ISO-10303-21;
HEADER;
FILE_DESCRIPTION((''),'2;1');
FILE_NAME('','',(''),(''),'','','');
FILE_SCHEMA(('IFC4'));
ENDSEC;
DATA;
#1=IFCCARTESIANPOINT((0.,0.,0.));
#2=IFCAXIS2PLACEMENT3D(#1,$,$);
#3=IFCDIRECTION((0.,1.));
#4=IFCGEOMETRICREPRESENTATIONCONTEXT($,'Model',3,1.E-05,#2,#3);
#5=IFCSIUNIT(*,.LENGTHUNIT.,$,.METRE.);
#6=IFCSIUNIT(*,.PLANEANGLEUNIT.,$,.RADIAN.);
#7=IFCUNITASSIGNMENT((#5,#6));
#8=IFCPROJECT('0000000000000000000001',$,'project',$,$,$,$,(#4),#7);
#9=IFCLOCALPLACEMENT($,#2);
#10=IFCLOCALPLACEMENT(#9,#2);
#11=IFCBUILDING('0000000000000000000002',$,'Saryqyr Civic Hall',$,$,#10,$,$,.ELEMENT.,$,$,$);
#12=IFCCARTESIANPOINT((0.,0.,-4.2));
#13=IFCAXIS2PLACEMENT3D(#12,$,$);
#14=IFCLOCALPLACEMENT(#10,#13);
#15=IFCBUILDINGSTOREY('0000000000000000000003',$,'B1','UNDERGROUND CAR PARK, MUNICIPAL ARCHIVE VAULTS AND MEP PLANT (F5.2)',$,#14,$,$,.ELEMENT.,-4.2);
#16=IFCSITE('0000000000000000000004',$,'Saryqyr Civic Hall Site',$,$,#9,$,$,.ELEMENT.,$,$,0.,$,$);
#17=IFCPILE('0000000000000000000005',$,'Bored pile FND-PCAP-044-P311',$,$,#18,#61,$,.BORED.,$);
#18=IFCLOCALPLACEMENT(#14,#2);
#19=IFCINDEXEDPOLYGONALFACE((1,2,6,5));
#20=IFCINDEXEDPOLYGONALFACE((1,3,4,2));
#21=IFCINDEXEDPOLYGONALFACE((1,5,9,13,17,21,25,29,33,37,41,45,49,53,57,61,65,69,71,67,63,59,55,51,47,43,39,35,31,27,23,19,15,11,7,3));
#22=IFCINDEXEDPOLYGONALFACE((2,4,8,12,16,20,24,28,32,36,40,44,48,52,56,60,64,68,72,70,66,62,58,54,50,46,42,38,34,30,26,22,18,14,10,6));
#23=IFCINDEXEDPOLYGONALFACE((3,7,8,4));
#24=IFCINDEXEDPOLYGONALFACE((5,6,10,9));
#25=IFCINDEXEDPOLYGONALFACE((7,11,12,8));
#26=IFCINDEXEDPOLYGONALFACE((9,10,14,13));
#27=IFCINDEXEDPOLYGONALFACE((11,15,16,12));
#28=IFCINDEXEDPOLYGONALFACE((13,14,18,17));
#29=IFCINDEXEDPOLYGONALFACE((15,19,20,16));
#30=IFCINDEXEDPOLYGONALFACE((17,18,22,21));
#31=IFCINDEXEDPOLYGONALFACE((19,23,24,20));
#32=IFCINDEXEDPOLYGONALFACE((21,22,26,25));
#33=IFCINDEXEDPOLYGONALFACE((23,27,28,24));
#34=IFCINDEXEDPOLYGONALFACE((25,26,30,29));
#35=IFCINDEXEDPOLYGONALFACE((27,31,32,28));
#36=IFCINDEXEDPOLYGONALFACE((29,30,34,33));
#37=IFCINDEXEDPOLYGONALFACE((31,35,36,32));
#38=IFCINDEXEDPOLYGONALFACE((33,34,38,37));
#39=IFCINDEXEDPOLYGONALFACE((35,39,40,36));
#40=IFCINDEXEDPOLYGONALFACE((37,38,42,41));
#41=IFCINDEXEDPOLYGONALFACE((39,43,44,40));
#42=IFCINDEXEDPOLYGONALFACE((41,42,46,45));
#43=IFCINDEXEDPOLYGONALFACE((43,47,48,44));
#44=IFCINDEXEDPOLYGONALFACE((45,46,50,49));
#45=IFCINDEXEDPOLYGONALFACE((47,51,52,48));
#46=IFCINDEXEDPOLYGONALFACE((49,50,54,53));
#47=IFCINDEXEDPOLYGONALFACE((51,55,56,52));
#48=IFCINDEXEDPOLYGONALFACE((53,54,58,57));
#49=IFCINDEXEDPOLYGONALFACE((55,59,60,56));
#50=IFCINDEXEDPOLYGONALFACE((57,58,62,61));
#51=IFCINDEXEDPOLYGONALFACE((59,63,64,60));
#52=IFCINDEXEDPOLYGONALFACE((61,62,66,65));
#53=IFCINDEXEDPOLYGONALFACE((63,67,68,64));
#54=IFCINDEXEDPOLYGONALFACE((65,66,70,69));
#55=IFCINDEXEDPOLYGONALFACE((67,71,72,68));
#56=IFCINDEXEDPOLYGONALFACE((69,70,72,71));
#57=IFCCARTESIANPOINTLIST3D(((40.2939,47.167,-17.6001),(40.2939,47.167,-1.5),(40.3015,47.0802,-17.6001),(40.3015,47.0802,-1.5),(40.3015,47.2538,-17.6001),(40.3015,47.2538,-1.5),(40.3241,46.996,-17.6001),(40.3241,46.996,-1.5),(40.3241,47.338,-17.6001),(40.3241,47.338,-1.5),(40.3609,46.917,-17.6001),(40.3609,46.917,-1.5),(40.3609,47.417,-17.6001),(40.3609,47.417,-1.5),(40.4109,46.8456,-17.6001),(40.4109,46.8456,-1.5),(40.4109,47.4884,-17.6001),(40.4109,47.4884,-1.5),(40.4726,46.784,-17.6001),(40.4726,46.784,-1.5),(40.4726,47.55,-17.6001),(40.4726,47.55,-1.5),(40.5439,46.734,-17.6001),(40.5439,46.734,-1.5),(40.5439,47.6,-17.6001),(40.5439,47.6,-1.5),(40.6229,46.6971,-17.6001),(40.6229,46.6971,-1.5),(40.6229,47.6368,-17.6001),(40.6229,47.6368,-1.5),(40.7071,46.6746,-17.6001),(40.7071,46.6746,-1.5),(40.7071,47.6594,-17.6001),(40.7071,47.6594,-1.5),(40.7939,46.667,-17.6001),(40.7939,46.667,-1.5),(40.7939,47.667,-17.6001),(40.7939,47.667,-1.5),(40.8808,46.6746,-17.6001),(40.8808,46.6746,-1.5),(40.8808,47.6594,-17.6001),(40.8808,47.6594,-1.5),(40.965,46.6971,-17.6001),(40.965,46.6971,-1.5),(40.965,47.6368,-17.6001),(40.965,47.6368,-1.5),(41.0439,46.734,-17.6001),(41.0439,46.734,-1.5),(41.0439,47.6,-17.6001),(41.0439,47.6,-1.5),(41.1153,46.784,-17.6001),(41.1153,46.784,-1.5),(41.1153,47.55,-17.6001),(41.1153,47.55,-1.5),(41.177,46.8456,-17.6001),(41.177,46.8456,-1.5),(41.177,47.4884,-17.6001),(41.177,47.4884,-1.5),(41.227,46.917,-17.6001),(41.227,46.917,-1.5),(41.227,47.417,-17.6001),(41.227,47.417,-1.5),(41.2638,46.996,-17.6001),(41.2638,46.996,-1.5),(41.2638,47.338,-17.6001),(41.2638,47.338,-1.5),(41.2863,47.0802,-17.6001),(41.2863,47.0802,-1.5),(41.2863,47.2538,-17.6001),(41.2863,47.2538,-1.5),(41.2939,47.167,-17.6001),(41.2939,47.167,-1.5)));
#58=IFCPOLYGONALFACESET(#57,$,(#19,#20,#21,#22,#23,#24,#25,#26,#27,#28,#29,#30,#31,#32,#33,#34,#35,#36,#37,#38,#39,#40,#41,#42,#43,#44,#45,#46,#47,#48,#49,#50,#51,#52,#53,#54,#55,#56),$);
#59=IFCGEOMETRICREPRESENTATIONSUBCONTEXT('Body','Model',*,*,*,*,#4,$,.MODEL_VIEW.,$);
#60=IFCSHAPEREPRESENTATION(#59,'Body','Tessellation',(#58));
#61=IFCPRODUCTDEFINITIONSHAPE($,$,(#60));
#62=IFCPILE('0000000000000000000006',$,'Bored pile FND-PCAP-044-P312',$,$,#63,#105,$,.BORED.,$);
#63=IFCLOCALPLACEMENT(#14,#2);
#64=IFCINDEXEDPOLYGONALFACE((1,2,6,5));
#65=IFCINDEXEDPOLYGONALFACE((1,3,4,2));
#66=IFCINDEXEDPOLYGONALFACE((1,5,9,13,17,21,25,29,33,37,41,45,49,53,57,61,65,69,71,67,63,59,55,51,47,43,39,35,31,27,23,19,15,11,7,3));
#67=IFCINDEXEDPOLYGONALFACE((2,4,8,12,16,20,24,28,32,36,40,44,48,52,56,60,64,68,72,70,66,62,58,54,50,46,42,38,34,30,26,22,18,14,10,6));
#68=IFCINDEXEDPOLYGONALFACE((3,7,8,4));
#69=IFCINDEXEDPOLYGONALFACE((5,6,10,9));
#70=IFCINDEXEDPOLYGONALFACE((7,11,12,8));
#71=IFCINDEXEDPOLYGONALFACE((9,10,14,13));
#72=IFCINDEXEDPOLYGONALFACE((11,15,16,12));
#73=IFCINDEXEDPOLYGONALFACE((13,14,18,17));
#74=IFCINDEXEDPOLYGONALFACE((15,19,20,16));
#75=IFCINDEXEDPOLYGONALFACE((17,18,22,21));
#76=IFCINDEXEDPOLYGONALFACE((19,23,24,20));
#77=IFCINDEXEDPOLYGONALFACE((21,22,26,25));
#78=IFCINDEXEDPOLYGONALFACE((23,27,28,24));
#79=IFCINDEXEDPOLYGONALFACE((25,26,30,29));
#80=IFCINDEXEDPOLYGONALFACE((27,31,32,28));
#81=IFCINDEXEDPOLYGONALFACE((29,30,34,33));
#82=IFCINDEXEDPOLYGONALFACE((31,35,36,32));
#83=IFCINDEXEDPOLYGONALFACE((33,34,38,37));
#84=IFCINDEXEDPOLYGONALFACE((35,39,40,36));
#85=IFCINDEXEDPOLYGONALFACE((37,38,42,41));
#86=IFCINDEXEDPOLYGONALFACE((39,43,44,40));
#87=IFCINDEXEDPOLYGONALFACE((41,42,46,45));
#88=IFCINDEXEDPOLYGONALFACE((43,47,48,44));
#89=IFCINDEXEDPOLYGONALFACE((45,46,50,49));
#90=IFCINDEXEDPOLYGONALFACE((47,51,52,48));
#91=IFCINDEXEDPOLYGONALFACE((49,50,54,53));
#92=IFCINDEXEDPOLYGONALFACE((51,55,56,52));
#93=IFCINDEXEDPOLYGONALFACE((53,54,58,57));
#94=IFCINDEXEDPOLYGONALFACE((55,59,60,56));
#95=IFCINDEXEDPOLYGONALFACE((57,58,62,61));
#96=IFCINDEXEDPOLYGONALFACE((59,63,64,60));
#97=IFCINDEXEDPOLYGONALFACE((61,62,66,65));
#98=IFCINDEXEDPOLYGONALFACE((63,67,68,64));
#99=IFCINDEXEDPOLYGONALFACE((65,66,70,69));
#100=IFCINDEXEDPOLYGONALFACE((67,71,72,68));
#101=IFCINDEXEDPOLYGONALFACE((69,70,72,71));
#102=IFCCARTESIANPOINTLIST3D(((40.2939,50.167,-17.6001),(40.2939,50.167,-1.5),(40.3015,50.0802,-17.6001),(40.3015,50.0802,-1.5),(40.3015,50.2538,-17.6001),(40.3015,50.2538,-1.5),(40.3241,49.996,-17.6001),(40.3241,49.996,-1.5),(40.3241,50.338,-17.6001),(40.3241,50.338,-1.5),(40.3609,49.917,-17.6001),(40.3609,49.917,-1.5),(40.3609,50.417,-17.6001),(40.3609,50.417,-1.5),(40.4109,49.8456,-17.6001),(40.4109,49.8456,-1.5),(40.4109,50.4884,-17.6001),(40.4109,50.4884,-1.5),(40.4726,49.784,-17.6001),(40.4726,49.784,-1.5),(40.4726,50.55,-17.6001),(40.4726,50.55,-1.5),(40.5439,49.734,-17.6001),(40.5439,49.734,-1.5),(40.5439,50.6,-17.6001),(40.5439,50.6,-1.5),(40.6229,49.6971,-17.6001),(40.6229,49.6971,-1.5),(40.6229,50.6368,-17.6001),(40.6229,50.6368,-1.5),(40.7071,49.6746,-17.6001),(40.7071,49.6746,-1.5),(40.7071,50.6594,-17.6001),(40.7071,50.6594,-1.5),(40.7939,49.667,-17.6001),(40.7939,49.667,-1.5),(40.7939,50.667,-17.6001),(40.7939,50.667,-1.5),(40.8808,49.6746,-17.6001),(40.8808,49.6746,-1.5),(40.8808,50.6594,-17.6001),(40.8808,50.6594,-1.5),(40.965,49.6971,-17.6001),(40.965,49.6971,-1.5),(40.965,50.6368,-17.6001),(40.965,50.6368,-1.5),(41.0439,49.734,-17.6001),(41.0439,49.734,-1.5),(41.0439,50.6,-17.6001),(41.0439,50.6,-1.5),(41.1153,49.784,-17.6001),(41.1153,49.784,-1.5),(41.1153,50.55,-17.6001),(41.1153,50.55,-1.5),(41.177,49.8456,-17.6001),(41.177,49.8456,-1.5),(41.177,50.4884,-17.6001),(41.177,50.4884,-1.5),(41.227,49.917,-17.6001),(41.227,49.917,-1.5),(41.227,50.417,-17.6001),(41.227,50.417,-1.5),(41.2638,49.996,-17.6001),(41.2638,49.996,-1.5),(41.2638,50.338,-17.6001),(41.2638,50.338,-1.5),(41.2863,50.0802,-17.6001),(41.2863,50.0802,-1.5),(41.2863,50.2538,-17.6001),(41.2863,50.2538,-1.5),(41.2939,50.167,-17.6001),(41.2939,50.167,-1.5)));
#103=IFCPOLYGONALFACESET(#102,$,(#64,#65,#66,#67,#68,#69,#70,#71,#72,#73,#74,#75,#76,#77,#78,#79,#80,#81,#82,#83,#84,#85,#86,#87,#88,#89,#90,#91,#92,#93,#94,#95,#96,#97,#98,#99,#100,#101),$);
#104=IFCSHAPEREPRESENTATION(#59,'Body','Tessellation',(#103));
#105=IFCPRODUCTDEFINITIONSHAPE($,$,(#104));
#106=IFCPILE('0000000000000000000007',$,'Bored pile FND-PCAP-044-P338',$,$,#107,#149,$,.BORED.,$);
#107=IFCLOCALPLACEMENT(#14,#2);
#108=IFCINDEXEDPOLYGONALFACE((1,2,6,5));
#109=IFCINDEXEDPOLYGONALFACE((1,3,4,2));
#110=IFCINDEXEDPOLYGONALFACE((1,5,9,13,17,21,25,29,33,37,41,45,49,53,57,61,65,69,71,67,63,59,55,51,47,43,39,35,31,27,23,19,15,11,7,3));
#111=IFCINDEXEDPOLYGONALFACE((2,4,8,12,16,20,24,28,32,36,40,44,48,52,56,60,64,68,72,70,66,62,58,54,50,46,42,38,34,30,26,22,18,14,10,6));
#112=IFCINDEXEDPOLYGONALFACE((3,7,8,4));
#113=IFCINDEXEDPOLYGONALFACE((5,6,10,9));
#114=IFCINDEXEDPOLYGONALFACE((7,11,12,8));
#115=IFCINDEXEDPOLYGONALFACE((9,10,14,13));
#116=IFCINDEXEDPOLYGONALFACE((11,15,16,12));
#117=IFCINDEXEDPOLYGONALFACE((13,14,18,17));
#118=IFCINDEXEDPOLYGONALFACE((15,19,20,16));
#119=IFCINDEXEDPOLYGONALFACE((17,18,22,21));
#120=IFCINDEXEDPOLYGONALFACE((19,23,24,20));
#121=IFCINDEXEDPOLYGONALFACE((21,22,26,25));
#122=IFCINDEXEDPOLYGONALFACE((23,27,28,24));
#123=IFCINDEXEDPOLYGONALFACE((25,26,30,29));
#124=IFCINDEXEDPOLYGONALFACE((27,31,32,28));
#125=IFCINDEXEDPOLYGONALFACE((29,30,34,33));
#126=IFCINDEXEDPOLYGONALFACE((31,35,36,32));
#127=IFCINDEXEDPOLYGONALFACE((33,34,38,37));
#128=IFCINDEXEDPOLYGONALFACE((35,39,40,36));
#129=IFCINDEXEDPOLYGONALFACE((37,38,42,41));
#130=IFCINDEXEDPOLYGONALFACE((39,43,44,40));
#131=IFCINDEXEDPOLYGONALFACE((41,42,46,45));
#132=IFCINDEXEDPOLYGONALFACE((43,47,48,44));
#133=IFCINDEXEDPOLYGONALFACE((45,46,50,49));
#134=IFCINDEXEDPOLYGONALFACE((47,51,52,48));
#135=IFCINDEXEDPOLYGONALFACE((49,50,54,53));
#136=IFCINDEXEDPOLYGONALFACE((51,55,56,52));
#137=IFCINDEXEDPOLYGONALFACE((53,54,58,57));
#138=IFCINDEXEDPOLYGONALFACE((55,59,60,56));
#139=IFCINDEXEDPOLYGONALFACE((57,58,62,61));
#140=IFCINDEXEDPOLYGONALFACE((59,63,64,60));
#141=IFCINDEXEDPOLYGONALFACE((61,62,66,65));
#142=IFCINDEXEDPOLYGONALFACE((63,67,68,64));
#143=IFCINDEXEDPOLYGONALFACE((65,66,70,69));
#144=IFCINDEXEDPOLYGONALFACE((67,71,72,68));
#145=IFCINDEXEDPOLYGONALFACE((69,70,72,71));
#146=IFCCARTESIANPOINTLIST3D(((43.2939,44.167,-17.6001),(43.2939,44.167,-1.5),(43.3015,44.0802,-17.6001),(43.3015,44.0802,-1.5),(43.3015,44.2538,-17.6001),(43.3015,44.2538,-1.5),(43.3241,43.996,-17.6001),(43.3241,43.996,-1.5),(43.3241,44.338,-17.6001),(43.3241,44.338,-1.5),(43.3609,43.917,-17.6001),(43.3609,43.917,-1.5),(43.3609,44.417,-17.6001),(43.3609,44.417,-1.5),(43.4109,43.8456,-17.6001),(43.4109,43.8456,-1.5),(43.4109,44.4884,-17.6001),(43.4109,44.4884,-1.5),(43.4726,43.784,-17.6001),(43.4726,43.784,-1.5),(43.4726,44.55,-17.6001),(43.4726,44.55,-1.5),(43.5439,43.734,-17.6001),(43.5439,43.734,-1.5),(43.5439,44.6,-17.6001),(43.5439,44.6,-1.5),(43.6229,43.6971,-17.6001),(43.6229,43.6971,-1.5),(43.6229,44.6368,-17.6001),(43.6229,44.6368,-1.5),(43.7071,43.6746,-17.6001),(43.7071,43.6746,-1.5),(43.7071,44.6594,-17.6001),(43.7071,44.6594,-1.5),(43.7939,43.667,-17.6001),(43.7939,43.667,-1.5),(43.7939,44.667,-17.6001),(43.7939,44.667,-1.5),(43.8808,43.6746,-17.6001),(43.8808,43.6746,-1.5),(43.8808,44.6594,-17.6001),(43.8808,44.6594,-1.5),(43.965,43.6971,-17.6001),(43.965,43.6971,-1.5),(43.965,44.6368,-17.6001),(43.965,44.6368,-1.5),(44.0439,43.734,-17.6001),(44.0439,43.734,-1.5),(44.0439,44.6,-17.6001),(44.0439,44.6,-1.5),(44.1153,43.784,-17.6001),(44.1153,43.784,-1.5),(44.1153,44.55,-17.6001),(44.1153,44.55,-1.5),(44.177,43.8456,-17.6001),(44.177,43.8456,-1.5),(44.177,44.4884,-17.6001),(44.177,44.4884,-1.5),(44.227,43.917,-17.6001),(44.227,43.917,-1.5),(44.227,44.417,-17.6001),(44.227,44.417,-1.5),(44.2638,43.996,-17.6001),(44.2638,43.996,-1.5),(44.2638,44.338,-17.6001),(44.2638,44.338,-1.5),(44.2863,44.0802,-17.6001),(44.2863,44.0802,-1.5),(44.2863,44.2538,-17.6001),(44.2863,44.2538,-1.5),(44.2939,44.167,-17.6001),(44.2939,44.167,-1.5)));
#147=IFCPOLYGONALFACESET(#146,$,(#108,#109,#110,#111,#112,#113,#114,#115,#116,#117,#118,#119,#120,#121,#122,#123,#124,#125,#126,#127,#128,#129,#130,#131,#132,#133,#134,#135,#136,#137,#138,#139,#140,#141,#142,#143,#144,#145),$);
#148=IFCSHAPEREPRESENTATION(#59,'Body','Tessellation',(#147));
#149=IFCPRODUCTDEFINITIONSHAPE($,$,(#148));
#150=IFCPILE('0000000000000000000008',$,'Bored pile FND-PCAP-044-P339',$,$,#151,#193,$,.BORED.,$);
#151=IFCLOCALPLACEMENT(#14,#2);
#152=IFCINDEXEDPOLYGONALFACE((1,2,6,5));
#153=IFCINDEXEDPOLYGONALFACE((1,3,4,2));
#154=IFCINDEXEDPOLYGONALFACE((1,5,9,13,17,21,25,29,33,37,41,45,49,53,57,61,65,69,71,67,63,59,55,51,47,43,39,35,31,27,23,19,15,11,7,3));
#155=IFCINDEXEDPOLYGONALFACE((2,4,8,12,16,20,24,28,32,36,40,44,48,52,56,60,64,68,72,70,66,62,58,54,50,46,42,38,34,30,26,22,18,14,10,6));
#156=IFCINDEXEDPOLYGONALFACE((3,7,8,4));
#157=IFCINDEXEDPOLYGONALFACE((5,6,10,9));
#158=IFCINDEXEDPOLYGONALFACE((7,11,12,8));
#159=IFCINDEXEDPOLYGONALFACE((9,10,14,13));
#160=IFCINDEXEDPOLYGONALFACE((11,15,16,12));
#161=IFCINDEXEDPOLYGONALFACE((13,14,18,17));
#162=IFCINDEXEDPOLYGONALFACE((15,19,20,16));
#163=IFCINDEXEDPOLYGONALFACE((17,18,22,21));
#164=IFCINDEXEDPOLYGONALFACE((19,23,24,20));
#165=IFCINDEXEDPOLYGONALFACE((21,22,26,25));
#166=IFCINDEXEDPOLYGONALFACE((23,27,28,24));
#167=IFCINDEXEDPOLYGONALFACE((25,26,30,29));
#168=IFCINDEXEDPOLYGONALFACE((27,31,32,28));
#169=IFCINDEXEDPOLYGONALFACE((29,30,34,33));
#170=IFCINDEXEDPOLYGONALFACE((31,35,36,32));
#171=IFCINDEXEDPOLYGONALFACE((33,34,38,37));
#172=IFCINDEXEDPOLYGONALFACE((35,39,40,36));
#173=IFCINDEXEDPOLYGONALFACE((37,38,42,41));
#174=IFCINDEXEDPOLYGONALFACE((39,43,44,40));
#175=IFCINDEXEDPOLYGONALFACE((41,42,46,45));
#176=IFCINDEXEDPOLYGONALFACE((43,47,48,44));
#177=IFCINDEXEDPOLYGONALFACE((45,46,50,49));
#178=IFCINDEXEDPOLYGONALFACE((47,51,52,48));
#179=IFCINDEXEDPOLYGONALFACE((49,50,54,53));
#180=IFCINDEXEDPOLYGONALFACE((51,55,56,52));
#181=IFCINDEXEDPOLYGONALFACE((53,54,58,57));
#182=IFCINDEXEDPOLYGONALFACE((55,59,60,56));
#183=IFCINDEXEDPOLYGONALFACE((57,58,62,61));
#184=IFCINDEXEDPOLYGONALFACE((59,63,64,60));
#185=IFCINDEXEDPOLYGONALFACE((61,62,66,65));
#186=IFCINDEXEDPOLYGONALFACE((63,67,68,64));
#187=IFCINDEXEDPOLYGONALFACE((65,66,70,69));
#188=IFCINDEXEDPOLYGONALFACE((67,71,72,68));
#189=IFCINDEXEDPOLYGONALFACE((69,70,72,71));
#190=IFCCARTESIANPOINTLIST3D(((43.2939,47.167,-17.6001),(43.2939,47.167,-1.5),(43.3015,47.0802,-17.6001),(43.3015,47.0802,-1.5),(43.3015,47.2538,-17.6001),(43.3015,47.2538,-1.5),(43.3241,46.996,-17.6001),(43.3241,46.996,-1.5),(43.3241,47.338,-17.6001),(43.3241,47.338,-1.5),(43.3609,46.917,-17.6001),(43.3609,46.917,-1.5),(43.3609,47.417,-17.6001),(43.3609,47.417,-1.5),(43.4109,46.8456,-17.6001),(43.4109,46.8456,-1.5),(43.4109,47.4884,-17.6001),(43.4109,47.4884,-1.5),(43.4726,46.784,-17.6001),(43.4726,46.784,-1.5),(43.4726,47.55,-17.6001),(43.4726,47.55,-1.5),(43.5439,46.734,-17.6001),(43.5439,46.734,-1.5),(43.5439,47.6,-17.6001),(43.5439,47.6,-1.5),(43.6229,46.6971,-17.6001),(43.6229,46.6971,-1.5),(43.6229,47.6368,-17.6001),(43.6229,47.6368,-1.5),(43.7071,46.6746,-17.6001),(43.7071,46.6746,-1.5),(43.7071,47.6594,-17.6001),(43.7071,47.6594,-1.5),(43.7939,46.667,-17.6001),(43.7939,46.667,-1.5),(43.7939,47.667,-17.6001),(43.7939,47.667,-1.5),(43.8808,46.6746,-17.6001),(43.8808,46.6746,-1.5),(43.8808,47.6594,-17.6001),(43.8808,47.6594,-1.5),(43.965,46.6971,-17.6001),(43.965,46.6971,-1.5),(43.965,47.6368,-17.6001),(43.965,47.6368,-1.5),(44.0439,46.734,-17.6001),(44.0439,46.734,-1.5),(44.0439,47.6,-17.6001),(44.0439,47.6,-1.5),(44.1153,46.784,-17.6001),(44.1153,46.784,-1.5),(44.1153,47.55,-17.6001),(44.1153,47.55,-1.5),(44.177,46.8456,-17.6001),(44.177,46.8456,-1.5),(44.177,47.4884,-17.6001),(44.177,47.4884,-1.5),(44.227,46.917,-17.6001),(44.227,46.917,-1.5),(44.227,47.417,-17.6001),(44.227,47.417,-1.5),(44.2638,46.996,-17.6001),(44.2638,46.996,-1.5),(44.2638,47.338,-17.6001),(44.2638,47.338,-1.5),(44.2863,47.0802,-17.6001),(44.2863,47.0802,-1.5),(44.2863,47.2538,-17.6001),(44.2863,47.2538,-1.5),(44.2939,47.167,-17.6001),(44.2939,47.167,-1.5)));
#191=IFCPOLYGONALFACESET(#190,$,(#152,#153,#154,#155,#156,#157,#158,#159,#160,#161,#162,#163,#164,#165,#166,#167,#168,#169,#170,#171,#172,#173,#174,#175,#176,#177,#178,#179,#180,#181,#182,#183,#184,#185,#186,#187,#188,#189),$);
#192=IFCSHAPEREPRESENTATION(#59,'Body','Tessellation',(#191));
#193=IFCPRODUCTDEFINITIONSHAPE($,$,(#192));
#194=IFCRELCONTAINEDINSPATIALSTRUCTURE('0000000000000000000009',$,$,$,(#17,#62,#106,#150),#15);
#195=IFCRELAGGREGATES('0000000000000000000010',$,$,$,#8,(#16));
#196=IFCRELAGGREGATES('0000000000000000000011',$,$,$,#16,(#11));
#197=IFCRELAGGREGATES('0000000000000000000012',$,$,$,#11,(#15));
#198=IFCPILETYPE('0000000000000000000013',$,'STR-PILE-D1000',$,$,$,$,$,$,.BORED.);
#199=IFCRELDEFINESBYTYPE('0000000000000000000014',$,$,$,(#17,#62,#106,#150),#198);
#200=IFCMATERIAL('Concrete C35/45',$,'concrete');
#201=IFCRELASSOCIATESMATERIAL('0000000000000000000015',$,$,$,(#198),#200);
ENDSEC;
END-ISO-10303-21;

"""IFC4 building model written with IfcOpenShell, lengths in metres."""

from ifc_helpers import new_model, si_unit, direction, frame, origin, origin_2d, place, context, subcontext, project, spatial, circle, extrude, material, material_profile, profile_set, type_object, element, save


model = new_model("IFC4")

# Units and contexts
model_context = context("Model", 3, precision=1e-05, world=origin(), true_north=direction((0.0, 1.0)))
body_context = subcontext(model_context, "Body", "Model", "MODEL_VIEW")
ifc_project = project(units=[si_unit("LENGTHUNIT", "METRE"), si_unit("PLANEANGLEUNIT", "RADIAN")], contexts=[model_context])

# Site, building, storey
site_placement = place(None, origin())
site = spatial("IfcSite", under=ifc_project, at=site_placement, Name="Saryqyr Civic Hall Site", CompositionType="ELEMENT", RefElevation=0.0)
building_placement = place(site_placement, origin())
building = spatial("IfcBuilding", under=site, at=building_placement, Name="Saryqyr Civic Hall", CompositionType="ELEMENT")
storey_placement = place(building_placement, frame((0.0, 0.0, -4.2)))
storey = spatial("IfcBuildingStorey", under=building, at=storey_placement, Name="B1", Description="UNDERGROUND CAR PARK, MUNICIPAL ARCHIVE VAULTS AND MEP PLANT (F5.2)", CompositionType="ELEMENT", Elevation=-4.2)

# Piles
ifc_material_1 = material(Name="Concrete C35/45", Category="concrete")
ifc_material_profile_1 = material_profile(ifc_material_1, circle(Radius=0.5, at=origin_2d()), Name="BORED PILE D1000")
ifc_profile_set_1 = profile_set([ifc_material_profile_1], Name="Concrete C35/45")
pile_type = type_object("IfcPileType", Name="STR-PILE-D1000", PredefinedType="BORED", material=ifc_profile_set_1)
for number, where, z_axis, x_axis, name in (
    (1, (40.7939, 47.167, -1.5), (0.0, 0.0, -1.0), (1.0, 0.0, 0.0), "Bored pile FND-PCAP-044-P311"),
    (2, (40.7939, 50.167, -1.5), (0.0, 0.0, -1.0), (1.0, 0.0, 0.0), "Bored pile FND-PCAP-044-P312"),
    (3, (43.7939, 44.167, -1.5), (0.0, 0.0, -1.0), (1.0, 0.0, 0.0), "Bored pile FND-PCAP-044-P338"),
    (4, (43.7939, 47.167, -1.5), (0.0, 0.0, -1.0), (1.0, 0.0, 0.0), "Bored pile FND-PCAP-044-P339"),
):
    element("IfcPile", number, at=place(storey_placement, frame(where, z_axis=z_axis, x_axis=x_axis)), inside=storey, type_object=pile_type, Name=name, PredefinedType="BORED", context=body_context, shape_type="SweptSolid", body=[
        extrude(circle(Radius=0.5, at=origin_2d()), origin(), (0.0, 0.0, 1.0), 16.1001),
    ])

save(model, "model.ifc")
